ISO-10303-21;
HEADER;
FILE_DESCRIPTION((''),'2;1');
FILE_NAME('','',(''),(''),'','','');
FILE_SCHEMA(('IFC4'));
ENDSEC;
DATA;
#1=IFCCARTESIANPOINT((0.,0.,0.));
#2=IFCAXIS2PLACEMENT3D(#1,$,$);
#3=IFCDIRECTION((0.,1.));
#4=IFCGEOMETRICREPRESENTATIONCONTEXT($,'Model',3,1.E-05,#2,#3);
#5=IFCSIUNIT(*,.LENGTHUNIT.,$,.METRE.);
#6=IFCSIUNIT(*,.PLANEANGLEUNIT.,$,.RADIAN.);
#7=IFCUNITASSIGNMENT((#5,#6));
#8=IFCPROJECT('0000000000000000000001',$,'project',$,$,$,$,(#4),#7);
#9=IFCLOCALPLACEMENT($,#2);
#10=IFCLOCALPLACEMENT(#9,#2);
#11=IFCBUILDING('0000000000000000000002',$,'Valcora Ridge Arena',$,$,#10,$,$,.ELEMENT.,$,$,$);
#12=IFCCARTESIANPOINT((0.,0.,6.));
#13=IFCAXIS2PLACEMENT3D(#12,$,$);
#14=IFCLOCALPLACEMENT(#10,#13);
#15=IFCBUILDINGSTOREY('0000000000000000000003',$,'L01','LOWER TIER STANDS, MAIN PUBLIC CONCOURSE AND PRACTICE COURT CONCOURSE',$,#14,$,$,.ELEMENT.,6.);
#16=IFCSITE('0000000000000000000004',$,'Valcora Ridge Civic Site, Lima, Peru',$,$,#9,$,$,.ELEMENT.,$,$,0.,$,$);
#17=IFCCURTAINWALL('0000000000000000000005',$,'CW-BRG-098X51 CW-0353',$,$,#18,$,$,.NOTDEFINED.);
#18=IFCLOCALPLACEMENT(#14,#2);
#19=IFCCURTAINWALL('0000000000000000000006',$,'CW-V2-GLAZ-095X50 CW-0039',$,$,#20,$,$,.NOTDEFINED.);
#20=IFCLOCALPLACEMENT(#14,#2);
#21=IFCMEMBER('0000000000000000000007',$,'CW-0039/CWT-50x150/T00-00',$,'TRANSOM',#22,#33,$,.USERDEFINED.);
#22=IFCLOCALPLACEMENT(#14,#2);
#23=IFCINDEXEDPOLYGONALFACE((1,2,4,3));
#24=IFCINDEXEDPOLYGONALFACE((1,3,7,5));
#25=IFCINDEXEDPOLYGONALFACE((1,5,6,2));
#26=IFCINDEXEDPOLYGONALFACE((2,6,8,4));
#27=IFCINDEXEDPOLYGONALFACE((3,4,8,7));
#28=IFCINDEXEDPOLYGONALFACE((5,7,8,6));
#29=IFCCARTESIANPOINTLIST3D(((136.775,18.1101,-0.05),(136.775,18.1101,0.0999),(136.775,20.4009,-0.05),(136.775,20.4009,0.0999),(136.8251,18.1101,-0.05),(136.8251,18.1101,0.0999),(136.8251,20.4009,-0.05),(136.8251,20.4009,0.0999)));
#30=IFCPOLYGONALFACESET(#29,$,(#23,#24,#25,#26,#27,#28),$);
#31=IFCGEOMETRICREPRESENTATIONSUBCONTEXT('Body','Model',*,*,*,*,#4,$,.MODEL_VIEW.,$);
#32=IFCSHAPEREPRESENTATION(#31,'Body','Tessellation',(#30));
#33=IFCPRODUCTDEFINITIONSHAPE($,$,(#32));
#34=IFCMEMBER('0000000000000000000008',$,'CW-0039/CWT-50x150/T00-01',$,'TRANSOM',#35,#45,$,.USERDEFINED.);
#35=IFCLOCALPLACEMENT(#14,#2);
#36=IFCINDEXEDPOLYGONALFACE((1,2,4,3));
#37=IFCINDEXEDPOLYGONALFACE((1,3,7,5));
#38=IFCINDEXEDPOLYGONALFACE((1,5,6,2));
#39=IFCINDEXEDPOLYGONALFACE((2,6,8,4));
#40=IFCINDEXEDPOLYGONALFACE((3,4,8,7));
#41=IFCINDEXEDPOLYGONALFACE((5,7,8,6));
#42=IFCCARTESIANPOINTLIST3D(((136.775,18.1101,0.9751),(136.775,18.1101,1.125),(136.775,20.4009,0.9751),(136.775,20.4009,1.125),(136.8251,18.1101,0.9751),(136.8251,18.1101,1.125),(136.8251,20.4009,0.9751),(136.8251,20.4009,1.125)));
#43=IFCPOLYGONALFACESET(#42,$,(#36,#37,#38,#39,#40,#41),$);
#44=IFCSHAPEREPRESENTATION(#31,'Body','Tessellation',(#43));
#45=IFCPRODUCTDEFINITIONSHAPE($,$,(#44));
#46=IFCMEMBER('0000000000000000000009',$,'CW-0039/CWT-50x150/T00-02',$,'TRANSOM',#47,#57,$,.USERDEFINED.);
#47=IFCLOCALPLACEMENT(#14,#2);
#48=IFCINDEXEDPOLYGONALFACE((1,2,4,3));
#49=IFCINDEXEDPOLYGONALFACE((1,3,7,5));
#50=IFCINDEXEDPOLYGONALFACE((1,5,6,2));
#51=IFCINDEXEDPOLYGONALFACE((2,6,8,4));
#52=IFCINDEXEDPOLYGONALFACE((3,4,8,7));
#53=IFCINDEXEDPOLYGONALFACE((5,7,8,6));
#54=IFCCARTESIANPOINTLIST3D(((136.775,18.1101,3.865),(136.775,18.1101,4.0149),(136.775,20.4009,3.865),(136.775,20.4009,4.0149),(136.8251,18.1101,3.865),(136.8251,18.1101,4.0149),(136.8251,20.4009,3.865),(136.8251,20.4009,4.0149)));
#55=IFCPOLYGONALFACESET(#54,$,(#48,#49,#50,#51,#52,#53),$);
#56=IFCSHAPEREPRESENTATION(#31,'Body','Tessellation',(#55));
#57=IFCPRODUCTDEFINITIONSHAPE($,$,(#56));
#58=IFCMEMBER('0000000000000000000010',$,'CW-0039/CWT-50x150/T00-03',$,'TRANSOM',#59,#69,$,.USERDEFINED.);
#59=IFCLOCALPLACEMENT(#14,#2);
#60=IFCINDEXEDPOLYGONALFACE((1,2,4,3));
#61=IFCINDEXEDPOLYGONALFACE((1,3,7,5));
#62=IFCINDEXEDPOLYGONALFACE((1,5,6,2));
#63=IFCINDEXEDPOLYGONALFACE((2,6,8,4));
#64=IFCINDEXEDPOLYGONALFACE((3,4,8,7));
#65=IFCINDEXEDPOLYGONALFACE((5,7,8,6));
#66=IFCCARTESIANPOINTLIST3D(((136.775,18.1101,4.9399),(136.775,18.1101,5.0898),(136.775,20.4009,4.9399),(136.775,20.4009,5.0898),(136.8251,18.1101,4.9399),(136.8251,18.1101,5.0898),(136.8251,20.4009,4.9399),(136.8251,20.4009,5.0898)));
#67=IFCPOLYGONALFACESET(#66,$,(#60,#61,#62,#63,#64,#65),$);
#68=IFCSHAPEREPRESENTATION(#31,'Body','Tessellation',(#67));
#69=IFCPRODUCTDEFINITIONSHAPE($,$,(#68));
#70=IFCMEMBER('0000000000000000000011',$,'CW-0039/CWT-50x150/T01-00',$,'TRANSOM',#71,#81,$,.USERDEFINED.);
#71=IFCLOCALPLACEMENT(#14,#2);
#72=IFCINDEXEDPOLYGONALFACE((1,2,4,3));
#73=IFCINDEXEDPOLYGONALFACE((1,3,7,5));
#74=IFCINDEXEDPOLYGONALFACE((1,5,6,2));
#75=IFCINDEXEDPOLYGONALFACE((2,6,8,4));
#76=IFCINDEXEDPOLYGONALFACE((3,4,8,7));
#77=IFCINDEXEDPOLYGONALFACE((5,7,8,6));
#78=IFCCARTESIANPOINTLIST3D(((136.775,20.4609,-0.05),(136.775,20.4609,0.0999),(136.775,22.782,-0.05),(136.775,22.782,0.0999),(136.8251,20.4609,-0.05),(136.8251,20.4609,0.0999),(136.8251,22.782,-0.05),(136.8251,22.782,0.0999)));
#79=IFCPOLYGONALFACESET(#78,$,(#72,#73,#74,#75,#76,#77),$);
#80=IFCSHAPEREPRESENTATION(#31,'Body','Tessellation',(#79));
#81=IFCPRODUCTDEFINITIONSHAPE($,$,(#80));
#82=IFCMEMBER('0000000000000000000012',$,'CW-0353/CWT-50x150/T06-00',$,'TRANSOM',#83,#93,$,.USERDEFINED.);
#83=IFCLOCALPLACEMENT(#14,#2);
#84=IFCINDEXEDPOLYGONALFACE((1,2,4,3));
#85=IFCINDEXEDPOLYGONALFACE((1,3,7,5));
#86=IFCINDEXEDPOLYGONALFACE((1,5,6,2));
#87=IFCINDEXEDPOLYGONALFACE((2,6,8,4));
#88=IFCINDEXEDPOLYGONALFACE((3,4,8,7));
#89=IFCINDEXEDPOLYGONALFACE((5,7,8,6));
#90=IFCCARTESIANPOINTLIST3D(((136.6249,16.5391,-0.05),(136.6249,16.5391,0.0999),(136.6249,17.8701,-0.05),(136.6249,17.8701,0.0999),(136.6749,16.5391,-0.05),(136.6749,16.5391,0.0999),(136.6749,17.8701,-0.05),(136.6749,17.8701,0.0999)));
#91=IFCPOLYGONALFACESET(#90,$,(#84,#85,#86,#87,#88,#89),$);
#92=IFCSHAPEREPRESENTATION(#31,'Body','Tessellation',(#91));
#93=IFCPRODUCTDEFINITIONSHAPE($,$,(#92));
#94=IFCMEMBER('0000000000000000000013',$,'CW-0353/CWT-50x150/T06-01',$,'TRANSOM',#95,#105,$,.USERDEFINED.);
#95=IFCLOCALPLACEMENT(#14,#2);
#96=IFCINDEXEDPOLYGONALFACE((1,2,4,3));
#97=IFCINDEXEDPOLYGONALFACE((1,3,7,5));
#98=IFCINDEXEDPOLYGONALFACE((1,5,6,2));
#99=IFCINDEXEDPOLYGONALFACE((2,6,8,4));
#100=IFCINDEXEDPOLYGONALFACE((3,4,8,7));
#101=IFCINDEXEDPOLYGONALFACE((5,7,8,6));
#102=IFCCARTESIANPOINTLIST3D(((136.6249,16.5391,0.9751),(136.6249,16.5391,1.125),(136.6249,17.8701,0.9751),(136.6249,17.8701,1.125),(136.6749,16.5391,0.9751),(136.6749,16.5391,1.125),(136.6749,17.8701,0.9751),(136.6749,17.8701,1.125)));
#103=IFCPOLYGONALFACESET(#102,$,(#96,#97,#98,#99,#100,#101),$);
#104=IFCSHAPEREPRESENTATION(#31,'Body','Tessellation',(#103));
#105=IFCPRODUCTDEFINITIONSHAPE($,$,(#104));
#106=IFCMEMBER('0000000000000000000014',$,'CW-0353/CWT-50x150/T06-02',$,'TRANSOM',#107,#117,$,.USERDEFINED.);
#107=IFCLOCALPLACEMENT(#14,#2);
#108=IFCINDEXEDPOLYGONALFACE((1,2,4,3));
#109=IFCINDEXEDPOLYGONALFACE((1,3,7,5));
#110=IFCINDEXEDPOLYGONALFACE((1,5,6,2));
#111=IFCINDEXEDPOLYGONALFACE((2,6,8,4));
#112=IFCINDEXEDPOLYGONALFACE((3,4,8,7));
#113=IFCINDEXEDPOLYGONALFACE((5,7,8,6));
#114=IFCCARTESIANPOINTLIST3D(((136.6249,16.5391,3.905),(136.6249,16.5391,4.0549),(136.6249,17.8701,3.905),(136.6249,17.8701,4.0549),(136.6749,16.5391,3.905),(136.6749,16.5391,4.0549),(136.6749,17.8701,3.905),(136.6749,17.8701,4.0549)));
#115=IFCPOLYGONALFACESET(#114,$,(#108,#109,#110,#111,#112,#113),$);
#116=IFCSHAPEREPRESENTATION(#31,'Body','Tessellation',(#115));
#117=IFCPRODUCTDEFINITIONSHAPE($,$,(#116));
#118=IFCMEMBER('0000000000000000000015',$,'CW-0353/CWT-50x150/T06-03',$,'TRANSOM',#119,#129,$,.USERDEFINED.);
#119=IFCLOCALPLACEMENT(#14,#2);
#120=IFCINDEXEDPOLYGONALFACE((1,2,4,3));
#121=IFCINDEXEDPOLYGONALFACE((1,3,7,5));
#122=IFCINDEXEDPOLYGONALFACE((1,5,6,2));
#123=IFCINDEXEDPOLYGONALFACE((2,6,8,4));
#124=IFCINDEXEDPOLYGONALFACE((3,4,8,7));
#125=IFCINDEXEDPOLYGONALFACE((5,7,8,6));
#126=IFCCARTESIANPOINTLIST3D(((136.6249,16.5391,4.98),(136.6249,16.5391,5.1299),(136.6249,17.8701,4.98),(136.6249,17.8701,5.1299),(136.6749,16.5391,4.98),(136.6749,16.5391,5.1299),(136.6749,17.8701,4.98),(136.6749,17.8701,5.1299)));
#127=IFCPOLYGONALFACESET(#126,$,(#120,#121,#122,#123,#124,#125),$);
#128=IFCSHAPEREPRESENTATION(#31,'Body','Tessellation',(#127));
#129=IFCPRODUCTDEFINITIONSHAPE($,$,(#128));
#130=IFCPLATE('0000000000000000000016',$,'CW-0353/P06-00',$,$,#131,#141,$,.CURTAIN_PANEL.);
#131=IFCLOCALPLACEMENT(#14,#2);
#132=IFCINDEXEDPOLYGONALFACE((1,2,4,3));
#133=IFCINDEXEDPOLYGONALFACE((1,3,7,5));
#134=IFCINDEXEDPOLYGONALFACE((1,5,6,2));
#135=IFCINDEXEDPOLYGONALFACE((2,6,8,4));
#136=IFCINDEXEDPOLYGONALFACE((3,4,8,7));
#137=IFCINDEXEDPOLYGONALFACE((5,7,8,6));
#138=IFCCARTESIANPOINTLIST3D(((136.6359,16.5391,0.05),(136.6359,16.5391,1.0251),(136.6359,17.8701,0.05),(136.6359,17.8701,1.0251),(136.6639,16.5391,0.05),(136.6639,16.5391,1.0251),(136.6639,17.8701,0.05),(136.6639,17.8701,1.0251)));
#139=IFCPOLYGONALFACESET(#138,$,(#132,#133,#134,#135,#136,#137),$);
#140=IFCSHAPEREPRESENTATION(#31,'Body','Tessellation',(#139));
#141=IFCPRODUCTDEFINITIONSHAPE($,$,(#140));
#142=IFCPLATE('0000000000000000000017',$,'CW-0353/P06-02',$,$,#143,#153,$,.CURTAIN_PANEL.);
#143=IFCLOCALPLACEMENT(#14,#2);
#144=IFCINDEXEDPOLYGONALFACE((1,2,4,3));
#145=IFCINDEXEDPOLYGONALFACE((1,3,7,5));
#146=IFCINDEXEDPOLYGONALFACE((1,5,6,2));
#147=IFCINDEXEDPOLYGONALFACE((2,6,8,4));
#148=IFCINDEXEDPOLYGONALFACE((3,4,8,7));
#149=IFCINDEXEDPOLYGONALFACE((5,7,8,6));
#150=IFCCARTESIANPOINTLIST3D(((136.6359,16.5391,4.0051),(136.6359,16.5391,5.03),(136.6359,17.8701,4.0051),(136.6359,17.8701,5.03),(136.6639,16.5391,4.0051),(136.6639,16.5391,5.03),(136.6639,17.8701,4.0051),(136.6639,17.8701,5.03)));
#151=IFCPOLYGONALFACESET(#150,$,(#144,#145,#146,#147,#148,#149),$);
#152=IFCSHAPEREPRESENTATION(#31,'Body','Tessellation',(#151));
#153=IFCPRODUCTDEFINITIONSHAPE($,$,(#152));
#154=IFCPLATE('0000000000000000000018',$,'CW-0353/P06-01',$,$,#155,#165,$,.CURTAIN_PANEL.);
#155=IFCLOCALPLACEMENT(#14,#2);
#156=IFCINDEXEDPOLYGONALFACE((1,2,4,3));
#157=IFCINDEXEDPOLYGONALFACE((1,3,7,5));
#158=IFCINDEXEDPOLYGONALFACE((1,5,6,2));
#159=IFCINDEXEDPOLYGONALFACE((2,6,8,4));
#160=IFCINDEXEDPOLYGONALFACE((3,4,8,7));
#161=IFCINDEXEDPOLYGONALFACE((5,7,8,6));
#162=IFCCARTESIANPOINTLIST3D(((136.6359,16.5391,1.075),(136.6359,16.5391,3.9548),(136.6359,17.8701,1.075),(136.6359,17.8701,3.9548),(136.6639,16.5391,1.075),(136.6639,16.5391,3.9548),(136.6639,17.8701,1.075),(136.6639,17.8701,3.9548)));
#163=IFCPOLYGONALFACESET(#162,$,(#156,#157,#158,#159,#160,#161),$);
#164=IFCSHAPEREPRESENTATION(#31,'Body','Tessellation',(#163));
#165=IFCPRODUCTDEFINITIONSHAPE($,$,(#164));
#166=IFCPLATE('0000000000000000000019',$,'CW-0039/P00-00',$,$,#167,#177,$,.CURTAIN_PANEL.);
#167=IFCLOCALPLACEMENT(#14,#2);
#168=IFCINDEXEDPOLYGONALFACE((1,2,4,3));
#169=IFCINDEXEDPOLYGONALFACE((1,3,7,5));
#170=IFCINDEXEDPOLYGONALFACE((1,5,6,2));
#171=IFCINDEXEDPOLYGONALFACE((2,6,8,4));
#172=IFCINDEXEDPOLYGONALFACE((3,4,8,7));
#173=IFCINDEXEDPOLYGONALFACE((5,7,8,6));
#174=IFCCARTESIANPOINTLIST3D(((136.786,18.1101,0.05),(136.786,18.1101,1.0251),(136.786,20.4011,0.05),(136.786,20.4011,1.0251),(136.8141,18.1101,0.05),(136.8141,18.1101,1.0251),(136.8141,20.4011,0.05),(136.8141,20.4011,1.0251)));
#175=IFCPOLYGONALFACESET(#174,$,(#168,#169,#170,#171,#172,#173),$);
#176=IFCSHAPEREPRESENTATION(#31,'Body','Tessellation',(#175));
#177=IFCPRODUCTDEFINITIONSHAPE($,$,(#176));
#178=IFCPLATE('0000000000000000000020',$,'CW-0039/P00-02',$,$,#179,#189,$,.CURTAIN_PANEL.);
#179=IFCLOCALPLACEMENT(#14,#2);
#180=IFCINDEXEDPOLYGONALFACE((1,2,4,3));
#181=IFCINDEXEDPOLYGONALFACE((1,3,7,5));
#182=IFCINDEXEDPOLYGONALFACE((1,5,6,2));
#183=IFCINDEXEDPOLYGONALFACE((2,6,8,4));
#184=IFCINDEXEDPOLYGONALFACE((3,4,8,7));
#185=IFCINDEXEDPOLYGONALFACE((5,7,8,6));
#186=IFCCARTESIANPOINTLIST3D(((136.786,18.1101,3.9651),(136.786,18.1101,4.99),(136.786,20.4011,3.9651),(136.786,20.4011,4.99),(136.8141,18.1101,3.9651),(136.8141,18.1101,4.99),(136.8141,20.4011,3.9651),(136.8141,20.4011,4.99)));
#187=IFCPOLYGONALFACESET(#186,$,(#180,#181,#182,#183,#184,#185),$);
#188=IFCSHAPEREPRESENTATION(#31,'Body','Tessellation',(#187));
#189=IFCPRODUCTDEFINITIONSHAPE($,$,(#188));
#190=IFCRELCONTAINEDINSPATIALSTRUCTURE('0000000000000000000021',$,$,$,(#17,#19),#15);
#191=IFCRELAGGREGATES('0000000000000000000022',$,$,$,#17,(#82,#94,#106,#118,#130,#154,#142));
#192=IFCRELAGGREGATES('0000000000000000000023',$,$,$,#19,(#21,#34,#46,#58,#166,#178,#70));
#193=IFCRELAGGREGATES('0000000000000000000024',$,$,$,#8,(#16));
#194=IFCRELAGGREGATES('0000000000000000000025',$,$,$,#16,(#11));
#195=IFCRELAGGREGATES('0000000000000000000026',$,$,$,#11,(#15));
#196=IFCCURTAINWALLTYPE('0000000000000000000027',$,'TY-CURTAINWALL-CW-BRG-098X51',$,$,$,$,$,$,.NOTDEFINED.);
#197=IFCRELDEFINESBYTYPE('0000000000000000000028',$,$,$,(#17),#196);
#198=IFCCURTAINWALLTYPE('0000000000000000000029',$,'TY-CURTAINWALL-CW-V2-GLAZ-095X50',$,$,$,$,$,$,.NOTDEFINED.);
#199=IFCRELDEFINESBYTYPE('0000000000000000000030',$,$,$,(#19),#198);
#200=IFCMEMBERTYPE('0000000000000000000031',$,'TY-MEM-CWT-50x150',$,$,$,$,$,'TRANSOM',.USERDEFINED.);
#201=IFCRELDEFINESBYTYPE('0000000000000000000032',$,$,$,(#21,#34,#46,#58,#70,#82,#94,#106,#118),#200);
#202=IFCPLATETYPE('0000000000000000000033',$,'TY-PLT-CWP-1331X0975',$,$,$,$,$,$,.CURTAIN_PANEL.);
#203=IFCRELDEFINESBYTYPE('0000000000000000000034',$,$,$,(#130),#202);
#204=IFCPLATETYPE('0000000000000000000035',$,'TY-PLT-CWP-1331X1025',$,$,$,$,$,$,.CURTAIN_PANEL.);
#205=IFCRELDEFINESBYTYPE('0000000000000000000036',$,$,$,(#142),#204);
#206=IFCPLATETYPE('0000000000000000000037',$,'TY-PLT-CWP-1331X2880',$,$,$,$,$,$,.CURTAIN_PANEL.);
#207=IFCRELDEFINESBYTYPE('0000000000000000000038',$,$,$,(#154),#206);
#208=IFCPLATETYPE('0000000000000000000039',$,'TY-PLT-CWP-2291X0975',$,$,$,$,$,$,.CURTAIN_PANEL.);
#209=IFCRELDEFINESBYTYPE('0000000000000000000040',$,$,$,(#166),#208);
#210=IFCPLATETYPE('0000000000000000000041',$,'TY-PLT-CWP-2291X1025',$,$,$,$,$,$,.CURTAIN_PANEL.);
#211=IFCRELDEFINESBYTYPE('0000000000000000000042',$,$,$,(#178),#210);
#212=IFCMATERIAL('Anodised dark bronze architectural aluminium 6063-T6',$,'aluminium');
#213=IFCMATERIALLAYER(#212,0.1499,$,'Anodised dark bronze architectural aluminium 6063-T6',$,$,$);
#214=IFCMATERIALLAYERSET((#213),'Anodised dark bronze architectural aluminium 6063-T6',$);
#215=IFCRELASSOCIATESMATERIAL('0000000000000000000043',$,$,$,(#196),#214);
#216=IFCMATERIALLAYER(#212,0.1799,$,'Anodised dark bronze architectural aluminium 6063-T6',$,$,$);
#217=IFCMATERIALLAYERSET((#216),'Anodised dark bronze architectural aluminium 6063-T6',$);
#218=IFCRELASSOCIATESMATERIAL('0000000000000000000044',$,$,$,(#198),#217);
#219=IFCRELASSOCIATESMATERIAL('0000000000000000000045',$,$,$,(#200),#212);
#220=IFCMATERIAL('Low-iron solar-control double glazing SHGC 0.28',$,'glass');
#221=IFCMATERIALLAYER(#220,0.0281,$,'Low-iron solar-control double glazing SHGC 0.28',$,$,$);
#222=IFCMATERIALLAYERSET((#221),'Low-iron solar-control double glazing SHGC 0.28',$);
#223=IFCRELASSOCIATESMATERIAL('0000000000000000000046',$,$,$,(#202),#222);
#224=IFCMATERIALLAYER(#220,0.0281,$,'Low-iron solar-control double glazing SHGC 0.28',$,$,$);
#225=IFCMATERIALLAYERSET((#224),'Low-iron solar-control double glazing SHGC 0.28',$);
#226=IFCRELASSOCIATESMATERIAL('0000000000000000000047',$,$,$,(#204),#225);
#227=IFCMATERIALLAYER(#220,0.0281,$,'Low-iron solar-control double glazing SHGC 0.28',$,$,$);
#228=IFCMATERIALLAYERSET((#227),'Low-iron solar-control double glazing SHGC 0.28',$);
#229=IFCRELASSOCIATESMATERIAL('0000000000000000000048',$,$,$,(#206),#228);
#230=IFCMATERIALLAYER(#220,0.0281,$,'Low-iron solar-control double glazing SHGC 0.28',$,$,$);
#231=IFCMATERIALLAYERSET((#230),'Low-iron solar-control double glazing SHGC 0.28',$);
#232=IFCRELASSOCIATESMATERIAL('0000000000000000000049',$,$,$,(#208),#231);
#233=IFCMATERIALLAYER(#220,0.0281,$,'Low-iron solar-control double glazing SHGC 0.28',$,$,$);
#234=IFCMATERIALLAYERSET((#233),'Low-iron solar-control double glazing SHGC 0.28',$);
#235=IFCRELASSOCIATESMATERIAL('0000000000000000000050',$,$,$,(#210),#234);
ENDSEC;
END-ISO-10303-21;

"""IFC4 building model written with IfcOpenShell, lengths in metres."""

from ifc_helpers import new_model, si_unit, direction, frame, origin, origin_2d, place, context, subcontext, project, spatial, rectangle, extrude, material, layer, layer_set, material_profile, profile_set, type_object, element, aggregate, save


model = new_model("IFC4")

# Units and contexts
model_context = context("Model", 3, precision=1e-05, world=origin(), true_north=direction((0.0, 1.0)))
body_context = subcontext(model_context, "Body", "Model", "MODEL_VIEW")
ifc_project = project(units=[si_unit("LENGTHUNIT", "METRE"), si_unit("PLANEANGLEUNIT", "RADIAN")], contexts=[model_context])

# Site, building, storey
site_placement = place(None, origin())
site = spatial("IfcSite", under=ifc_project, at=site_placement, Name="Valcora Ridge Civic Site, Lima, Peru", CompositionType="ELEMENT", RefElevation=0.0)
building_placement = place(site_placement, origin())
building = spatial("IfcBuilding", under=site, at=building_placement, Name="Valcora Ridge Arena", CompositionType="ELEMENT")
storey_placement = place(building_placement, frame((0.0, 0.0, 6.0)))
storey = spatial("IfcBuildingStorey", under=building, at=storey_placement, Name="L01", Description="LOWER TIER STANDS, MAIN PUBLIC CONCOURSE AND PRACTICE COURT CONCOURSE", CompositionType="ELEMENT", Elevation=6.0)

# Curtain wall
ifc_material_1 = material(Name="Anodised dark bronze architectural aluminium 6063-T6", Category="aluminium")
ifc_layer_1 = layer(ifc_material_1, 0.1499, Name="Anodised dark bronze architectural aluminium 6063-T6")
ifc_layer_set_1 = layer_set([ifc_layer_1], Name="Anodised dark bronze architectural aluminium 6063-T6")
curtain_wall_type_1 = type_object("IfcCurtainWallType", Name="TY-CURTAINWALL-CW-BRG-098X51", PredefinedType="NOTDEFINED", material=ifc_layer_set_1)
curtain_wall_1_placement = place(storey_placement, origin())
curtain_wall_1 = element("IfcCurtainWall", 1, at=curtain_wall_1_placement, inside=storey, type_object=curtain_wall_type_1, Name="CW-BRG-098X51 CW-0353", PredefinedType="NOTDEFINED")

# Curtain wall, members
ifc_layer_2 = layer(ifc_material_1, 0.1799, Name="Anodised dark bronze architectural aluminium 6063-T6")
ifc_layer_set_2 = layer_set([ifc_layer_2], Name="Anodised dark bronze architectural aluminium 6063-T6")
curtain_wall_type_2 = type_object("IfcCurtainWallType", Name="TY-CURTAINWALL-CW-V2-GLAZ-095X50", PredefinedType="NOTDEFINED", material=ifc_layer_set_2)
curtain_wall_2_placement = place(storey_placement, origin())
curtain_wall_2 = element("IfcCurtainWall", 2, at=curtain_wall_2_placement, inside=storey, type_object=curtain_wall_type_2, Name="CW-V2-GLAZ-095X50 CW-0039", PredefinedType="NOTDEFINED")
ifc_material_profile_1 = material_profile(ifc_material_1, rectangle(XDim=0.05, YDim=0.1499, at=origin_2d()), Name="ALU TRANSOM 50x150")
ifc_profile_set_1 = profile_set([ifc_material_profile_1], Name="Anodised dark bronze architectural aluminium 6063-T6")
member_type_1 = type_object("IfcMemberType", Name="TY-MEM-CWT-50x150", ElementType="TRANSOM", PredefinedType="USERDEFINED", material=ifc_profile_set_1)
member_1_placement = place(storey_placement, frame((136.8, 18.1101, 0.0249), z_axis=(0.0, 1.0, 0.0), x_axis=(-1.0, 0.0, 0.0)))
member_1 = element("IfcMember", 3, at=member_1_placement, type_object=member_type_1, Name="CW-0039/CWT-50x150/T00-00", ObjectType="TRANSOM", PredefinedType="USERDEFINED", context=body_context, shape_type="SweptSolid", body=[
    extrude(rectangle(XDim=0.05, YDim=0.1499, at=origin_2d()), origin(), (0.0, 0.0, 1.0), 2.2908),
])
member_2_placement = place(storey_placement, frame((136.8, 18.1101, 1.05), z_axis=(0.0, 1.0, 0.0), x_axis=(-1.0, 0.0, 0.0)))
member_2 = element("IfcMember", 4, at=member_2_placement, type_object=member_type_1, Name="CW-0039/CWT-50x150/T00-01", ObjectType="TRANSOM", PredefinedType="USERDEFINED", context=body_context, shape_type="SweptSolid", body=[
    extrude(rectangle(XDim=0.05, YDim=0.1499, at=origin_2d()), origin(), (0.0, 0.0, 1.0), 2.2908),
])
member_3_placement = place(storey_placement, frame((136.8, 18.1101, 3.9399), z_axis=(0.0, 1.0, 0.0), x_axis=(-1.0, 0.0, 0.0)))
member_3 = element("IfcMember", 5, at=member_3_placement, type_object=member_type_1, Name="CW-0039/CWT-50x150/T00-02", ObjectType="TRANSOM", PredefinedType="USERDEFINED", context=body_context, shape_type="SweptSolid", body=[
    extrude(rectangle(XDim=0.05, YDim=0.1499, at=origin_2d()), origin(), (0.0, 0.0, 1.0), 2.2908),
])
member_4_placement = place(storey_placement, frame((136.8, 18.1101, 5.0149), z_axis=(0.0, 1.0, 0.0), x_axis=(-1.0, 0.0, 0.0)))
member_4 = element("IfcMember", 6, at=member_4_placement, type_object=member_type_1, Name="CW-0039/CWT-50x150/T00-03", ObjectType="TRANSOM", PredefinedType="USERDEFINED", context=body_context, shape_type="SweptSolid", body=[
    extrude(rectangle(XDim=0.05, YDim=0.1499, at=origin_2d()), origin(), (0.0, 0.0, 1.0), 2.2908),
])
member_5_placement = place(storey_placement, frame((136.8, 20.4609, 0.0249), z_axis=(0.0, 1.0, 0.0), x_axis=(-1.0, 0.0, 0.0)))
member_5 = element("IfcMember", 7, at=member_5_placement, type_object=member_type_1, Name="CW-0039/CWT-50x150/T01-00", ObjectType="TRANSOM", PredefinedType="USERDEFINED", context=body_context, shape_type="SweptSolid", body=[
    extrude(rectangle(XDim=0.05, YDim=0.1499, at=origin_2d()), origin(), (0.0, 0.0, 1.0), 2.321),
])

# Members
member_6_placement = place(storey_placement, frame((136.6499, 16.5391, 0.0249), z_axis=(0.0, 1.0, 0.0), x_axis=(-1.0, 0.0, 0.0)))
member_6 = element("IfcMember", 8, at=member_6_placement, type_object=member_type_1, Name="CW-0353/CWT-50x150/T06-00", ObjectType="TRANSOM", PredefinedType="USERDEFINED", context=body_context, shape_type="SweptSolid", body=[
    extrude(rectangle(XDim=0.05, YDim=0.1499, at=origin_2d()), origin(), (0.0, 0.0, 1.0), 1.3311),
])
member_7_placement = place(storey_placement, frame((136.6499, 16.5391, 1.05), z_axis=(0.0, 1.0, 0.0), x_axis=(-1.0, 0.0, 0.0)))
member_7 = element("IfcMember", 9, at=member_7_placement, type_object=member_type_1, Name="CW-0353/CWT-50x150/T06-01", ObjectType="TRANSOM", PredefinedType="USERDEFINED", context=body_context, shape_type="SweptSolid", body=[
    extrude(rectangle(XDim=0.05, YDim=0.1499, at=origin_2d()), origin(), (0.0, 0.0, 1.0), 1.3311),
])
member_8_placement = place(storey_placement, frame((136.6499, 16.5391, 3.98), z_axis=(0.0, 1.0, 0.0), x_axis=(-1.0, 0.0, 0.0)))
member_8 = element("IfcMember", 10, at=member_8_placement, type_object=member_type_1, Name="CW-0353/CWT-50x150/T06-02", ObjectType="TRANSOM", PredefinedType="USERDEFINED", context=body_context, shape_type="SweptSolid", body=[
    extrude(rectangle(XDim=0.05, YDim=0.1499, at=origin_2d()), origin(), (0.0, 0.0, 1.0), 1.3311),
])
member_9_placement = place(storey_placement, frame((136.6499, 16.5391, 5.0549), z_axis=(0.0, 1.0, 0.0), x_axis=(-1.0, 0.0, 0.0)))
member_9 = element("IfcMember", 11, at=member_9_placement, type_object=member_type_1, Name="CW-0353/CWT-50x150/T06-03", ObjectType="TRANSOM", PredefinedType="USERDEFINED", context=body_context, shape_type="SweptSolid", body=[
    extrude(rectangle(XDim=0.05, YDim=0.1499, at=origin_2d()), origin(), (0.0, 0.0, 1.0), 1.3311),
])

# Plates
ifc_material_2 = material(Name="Low-iron solar-control double glazing SHGC 0.28", Category="glass")
ifc_layer_3 = layer(ifc_material_2, 0.0281, Name="Low-iron solar-control double glazing SHGC 0.28")
ifc_layer_set_3 = layer_set([ifc_layer_3], Name="Low-iron solar-control double glazing SHGC 0.28")
plate_type_1 = type_object("IfcPlateType", Name="TY-PLT-CWP-1331X0975", PredefinedType="CURTAIN_PANEL", material=ifc_layer_set_3)
plate_1_placement = place(storey_placement, frame((136.6499, 17.2046, 0.05), z_axis=(0.0, 0.0, 1.0), x_axis=(0.0, 1.0, 0.0)))
plate_1 = element("IfcPlate", 12, at=plate_1_placement, type_object=plate_type_1, Name="CW-0353/P06-00", PredefinedType="CURTAIN_PANEL", context=body_context, shape_type="SweptSolid", body=[
    extrude(rectangle(XDim=1.3311, YDim=0.0281, at=origin_2d()), origin(), (0.0, 0.0, 1.0), 0.9751),
])
ifc_layer_4 = layer(ifc_material_2, 0.0281, Name="Low-iron solar-control double glazing SHGC 0.28")
ifc_layer_set_4 = layer_set([ifc_layer_4], Name="Low-iron solar-control double glazing SHGC 0.28")
plate_type_2 = type_object("IfcPlateType", Name="TY-PLT-CWP-1331X1025", PredefinedType="CURTAIN_PANEL", material=ifc_layer_set_4)
plate_2_placement = place(storey_placement, frame((136.6499, 17.2046, 4.0051), z_axis=(0.0, 0.0, 1.0), x_axis=(0.0, 1.0, 0.0)))
plate_2 = element("IfcPlate", 13, at=plate_2_placement, type_object=plate_type_2, Name="CW-0353/P06-02", PredefinedType="CURTAIN_PANEL", context=body_context, shape_type="SweptSolid", body=[
    extrude(rectangle(XDim=1.3311, YDim=0.0281, at=origin_2d()), origin(), (0.0, 0.0, 1.0), 1.0249),
])
ifc_layer_5 = layer(ifc_material_2, 0.0281, Name="Low-iron solar-control double glazing SHGC 0.28")
ifc_layer_set_5 = layer_set([ifc_layer_5], Name="Low-iron solar-control double glazing SHGC 0.28")
plate_type_3 = type_object("IfcPlateType", Name="TY-PLT-CWP-1331X2880", PredefinedType="CURTAIN_PANEL", material=ifc_layer_set_5)
plate_3_placement = place(storey_placement, frame((136.6499, 17.2046, 1.075), z_axis=(0.0, 0.0, 1.0), x_axis=(0.0, 1.0, 0.0)))
plate_3 = element("IfcPlate", 14, at=plate_3_placement, type_object=plate_type_3, Name="CW-0353/P06-01", PredefinedType="CURTAIN_PANEL", context=body_context, shape_type="SweptSolid", body=[
    extrude(rectangle(XDim=1.3311, YDim=0.0281, at=origin_2d()), origin(), (0.0, 0.0, 1.0), 2.8799),
])
aggregate(curtain_wall_1, [member_6, member_7, member_8, member_9, plate_1, plate_3, plate_2])
ifc_layer_6 = layer(ifc_material_2, 0.0281, Name="Low-iron solar-control double glazing SHGC 0.28")
ifc_layer_set_6 = layer_set([ifc_layer_6], Name="Low-iron solar-control double glazing SHGC 0.28")
plate_type_4 = type_object("IfcPlateType", Name="TY-PLT-CWP-2291X0975", PredefinedType="CURTAIN_PANEL", material=ifc_layer_set_6)
plate_4_placement = place(storey_placement, frame((136.8, 19.2556, 0.05), z_axis=(0.0, 0.0, 1.0), x_axis=(0.0, 1.0, 0.0)))
plate_4 = element("IfcPlate", 15, at=plate_4_placement, type_object=plate_type_4, Name="CW-0039/P00-00", PredefinedType="CURTAIN_PANEL", context=body_context, shape_type="SweptSolid", body=[
    extrude(rectangle(XDim=2.291, YDim=0.0281, at=origin_2d()), origin(), (0.0, 0.0, 1.0), 0.9751),
])
ifc_layer_7 = layer(ifc_material_2, 0.0281, Name="Low-iron solar-control double glazing SHGC 0.28")
ifc_layer_set_7 = layer_set([ifc_layer_7], Name="Low-iron solar-control double glazing SHGC 0.28")
plate_type_5 = type_object("IfcPlateType", Name="TY-PLT-CWP-2291X1025", PredefinedType="CURTAIN_PANEL", material=ifc_layer_set_7)
plate_5_placement = place(storey_placement, frame((136.8, 19.2556, 3.9651), z_axis=(0.0, 0.0, 1.0), x_axis=(0.0, 1.0, 0.0)))
plate_5 = element("IfcPlate", 16, at=plate_5_placement, type_object=plate_type_5, Name="CW-0039/P00-02", PredefinedType="CURTAIN_PANEL", context=body_context, shape_type="SweptSolid", body=[
    extrude(rectangle(XDim=2.291, YDim=0.0281, at=origin_2d()), origin(), (0.0, 0.0, 1.0), 1.0249),
])
aggregate(curtain_wall_2, [member_1, member_2, member_3, member_4, plate_4, plate_5, member_5])

save(model, "model.ifc")
